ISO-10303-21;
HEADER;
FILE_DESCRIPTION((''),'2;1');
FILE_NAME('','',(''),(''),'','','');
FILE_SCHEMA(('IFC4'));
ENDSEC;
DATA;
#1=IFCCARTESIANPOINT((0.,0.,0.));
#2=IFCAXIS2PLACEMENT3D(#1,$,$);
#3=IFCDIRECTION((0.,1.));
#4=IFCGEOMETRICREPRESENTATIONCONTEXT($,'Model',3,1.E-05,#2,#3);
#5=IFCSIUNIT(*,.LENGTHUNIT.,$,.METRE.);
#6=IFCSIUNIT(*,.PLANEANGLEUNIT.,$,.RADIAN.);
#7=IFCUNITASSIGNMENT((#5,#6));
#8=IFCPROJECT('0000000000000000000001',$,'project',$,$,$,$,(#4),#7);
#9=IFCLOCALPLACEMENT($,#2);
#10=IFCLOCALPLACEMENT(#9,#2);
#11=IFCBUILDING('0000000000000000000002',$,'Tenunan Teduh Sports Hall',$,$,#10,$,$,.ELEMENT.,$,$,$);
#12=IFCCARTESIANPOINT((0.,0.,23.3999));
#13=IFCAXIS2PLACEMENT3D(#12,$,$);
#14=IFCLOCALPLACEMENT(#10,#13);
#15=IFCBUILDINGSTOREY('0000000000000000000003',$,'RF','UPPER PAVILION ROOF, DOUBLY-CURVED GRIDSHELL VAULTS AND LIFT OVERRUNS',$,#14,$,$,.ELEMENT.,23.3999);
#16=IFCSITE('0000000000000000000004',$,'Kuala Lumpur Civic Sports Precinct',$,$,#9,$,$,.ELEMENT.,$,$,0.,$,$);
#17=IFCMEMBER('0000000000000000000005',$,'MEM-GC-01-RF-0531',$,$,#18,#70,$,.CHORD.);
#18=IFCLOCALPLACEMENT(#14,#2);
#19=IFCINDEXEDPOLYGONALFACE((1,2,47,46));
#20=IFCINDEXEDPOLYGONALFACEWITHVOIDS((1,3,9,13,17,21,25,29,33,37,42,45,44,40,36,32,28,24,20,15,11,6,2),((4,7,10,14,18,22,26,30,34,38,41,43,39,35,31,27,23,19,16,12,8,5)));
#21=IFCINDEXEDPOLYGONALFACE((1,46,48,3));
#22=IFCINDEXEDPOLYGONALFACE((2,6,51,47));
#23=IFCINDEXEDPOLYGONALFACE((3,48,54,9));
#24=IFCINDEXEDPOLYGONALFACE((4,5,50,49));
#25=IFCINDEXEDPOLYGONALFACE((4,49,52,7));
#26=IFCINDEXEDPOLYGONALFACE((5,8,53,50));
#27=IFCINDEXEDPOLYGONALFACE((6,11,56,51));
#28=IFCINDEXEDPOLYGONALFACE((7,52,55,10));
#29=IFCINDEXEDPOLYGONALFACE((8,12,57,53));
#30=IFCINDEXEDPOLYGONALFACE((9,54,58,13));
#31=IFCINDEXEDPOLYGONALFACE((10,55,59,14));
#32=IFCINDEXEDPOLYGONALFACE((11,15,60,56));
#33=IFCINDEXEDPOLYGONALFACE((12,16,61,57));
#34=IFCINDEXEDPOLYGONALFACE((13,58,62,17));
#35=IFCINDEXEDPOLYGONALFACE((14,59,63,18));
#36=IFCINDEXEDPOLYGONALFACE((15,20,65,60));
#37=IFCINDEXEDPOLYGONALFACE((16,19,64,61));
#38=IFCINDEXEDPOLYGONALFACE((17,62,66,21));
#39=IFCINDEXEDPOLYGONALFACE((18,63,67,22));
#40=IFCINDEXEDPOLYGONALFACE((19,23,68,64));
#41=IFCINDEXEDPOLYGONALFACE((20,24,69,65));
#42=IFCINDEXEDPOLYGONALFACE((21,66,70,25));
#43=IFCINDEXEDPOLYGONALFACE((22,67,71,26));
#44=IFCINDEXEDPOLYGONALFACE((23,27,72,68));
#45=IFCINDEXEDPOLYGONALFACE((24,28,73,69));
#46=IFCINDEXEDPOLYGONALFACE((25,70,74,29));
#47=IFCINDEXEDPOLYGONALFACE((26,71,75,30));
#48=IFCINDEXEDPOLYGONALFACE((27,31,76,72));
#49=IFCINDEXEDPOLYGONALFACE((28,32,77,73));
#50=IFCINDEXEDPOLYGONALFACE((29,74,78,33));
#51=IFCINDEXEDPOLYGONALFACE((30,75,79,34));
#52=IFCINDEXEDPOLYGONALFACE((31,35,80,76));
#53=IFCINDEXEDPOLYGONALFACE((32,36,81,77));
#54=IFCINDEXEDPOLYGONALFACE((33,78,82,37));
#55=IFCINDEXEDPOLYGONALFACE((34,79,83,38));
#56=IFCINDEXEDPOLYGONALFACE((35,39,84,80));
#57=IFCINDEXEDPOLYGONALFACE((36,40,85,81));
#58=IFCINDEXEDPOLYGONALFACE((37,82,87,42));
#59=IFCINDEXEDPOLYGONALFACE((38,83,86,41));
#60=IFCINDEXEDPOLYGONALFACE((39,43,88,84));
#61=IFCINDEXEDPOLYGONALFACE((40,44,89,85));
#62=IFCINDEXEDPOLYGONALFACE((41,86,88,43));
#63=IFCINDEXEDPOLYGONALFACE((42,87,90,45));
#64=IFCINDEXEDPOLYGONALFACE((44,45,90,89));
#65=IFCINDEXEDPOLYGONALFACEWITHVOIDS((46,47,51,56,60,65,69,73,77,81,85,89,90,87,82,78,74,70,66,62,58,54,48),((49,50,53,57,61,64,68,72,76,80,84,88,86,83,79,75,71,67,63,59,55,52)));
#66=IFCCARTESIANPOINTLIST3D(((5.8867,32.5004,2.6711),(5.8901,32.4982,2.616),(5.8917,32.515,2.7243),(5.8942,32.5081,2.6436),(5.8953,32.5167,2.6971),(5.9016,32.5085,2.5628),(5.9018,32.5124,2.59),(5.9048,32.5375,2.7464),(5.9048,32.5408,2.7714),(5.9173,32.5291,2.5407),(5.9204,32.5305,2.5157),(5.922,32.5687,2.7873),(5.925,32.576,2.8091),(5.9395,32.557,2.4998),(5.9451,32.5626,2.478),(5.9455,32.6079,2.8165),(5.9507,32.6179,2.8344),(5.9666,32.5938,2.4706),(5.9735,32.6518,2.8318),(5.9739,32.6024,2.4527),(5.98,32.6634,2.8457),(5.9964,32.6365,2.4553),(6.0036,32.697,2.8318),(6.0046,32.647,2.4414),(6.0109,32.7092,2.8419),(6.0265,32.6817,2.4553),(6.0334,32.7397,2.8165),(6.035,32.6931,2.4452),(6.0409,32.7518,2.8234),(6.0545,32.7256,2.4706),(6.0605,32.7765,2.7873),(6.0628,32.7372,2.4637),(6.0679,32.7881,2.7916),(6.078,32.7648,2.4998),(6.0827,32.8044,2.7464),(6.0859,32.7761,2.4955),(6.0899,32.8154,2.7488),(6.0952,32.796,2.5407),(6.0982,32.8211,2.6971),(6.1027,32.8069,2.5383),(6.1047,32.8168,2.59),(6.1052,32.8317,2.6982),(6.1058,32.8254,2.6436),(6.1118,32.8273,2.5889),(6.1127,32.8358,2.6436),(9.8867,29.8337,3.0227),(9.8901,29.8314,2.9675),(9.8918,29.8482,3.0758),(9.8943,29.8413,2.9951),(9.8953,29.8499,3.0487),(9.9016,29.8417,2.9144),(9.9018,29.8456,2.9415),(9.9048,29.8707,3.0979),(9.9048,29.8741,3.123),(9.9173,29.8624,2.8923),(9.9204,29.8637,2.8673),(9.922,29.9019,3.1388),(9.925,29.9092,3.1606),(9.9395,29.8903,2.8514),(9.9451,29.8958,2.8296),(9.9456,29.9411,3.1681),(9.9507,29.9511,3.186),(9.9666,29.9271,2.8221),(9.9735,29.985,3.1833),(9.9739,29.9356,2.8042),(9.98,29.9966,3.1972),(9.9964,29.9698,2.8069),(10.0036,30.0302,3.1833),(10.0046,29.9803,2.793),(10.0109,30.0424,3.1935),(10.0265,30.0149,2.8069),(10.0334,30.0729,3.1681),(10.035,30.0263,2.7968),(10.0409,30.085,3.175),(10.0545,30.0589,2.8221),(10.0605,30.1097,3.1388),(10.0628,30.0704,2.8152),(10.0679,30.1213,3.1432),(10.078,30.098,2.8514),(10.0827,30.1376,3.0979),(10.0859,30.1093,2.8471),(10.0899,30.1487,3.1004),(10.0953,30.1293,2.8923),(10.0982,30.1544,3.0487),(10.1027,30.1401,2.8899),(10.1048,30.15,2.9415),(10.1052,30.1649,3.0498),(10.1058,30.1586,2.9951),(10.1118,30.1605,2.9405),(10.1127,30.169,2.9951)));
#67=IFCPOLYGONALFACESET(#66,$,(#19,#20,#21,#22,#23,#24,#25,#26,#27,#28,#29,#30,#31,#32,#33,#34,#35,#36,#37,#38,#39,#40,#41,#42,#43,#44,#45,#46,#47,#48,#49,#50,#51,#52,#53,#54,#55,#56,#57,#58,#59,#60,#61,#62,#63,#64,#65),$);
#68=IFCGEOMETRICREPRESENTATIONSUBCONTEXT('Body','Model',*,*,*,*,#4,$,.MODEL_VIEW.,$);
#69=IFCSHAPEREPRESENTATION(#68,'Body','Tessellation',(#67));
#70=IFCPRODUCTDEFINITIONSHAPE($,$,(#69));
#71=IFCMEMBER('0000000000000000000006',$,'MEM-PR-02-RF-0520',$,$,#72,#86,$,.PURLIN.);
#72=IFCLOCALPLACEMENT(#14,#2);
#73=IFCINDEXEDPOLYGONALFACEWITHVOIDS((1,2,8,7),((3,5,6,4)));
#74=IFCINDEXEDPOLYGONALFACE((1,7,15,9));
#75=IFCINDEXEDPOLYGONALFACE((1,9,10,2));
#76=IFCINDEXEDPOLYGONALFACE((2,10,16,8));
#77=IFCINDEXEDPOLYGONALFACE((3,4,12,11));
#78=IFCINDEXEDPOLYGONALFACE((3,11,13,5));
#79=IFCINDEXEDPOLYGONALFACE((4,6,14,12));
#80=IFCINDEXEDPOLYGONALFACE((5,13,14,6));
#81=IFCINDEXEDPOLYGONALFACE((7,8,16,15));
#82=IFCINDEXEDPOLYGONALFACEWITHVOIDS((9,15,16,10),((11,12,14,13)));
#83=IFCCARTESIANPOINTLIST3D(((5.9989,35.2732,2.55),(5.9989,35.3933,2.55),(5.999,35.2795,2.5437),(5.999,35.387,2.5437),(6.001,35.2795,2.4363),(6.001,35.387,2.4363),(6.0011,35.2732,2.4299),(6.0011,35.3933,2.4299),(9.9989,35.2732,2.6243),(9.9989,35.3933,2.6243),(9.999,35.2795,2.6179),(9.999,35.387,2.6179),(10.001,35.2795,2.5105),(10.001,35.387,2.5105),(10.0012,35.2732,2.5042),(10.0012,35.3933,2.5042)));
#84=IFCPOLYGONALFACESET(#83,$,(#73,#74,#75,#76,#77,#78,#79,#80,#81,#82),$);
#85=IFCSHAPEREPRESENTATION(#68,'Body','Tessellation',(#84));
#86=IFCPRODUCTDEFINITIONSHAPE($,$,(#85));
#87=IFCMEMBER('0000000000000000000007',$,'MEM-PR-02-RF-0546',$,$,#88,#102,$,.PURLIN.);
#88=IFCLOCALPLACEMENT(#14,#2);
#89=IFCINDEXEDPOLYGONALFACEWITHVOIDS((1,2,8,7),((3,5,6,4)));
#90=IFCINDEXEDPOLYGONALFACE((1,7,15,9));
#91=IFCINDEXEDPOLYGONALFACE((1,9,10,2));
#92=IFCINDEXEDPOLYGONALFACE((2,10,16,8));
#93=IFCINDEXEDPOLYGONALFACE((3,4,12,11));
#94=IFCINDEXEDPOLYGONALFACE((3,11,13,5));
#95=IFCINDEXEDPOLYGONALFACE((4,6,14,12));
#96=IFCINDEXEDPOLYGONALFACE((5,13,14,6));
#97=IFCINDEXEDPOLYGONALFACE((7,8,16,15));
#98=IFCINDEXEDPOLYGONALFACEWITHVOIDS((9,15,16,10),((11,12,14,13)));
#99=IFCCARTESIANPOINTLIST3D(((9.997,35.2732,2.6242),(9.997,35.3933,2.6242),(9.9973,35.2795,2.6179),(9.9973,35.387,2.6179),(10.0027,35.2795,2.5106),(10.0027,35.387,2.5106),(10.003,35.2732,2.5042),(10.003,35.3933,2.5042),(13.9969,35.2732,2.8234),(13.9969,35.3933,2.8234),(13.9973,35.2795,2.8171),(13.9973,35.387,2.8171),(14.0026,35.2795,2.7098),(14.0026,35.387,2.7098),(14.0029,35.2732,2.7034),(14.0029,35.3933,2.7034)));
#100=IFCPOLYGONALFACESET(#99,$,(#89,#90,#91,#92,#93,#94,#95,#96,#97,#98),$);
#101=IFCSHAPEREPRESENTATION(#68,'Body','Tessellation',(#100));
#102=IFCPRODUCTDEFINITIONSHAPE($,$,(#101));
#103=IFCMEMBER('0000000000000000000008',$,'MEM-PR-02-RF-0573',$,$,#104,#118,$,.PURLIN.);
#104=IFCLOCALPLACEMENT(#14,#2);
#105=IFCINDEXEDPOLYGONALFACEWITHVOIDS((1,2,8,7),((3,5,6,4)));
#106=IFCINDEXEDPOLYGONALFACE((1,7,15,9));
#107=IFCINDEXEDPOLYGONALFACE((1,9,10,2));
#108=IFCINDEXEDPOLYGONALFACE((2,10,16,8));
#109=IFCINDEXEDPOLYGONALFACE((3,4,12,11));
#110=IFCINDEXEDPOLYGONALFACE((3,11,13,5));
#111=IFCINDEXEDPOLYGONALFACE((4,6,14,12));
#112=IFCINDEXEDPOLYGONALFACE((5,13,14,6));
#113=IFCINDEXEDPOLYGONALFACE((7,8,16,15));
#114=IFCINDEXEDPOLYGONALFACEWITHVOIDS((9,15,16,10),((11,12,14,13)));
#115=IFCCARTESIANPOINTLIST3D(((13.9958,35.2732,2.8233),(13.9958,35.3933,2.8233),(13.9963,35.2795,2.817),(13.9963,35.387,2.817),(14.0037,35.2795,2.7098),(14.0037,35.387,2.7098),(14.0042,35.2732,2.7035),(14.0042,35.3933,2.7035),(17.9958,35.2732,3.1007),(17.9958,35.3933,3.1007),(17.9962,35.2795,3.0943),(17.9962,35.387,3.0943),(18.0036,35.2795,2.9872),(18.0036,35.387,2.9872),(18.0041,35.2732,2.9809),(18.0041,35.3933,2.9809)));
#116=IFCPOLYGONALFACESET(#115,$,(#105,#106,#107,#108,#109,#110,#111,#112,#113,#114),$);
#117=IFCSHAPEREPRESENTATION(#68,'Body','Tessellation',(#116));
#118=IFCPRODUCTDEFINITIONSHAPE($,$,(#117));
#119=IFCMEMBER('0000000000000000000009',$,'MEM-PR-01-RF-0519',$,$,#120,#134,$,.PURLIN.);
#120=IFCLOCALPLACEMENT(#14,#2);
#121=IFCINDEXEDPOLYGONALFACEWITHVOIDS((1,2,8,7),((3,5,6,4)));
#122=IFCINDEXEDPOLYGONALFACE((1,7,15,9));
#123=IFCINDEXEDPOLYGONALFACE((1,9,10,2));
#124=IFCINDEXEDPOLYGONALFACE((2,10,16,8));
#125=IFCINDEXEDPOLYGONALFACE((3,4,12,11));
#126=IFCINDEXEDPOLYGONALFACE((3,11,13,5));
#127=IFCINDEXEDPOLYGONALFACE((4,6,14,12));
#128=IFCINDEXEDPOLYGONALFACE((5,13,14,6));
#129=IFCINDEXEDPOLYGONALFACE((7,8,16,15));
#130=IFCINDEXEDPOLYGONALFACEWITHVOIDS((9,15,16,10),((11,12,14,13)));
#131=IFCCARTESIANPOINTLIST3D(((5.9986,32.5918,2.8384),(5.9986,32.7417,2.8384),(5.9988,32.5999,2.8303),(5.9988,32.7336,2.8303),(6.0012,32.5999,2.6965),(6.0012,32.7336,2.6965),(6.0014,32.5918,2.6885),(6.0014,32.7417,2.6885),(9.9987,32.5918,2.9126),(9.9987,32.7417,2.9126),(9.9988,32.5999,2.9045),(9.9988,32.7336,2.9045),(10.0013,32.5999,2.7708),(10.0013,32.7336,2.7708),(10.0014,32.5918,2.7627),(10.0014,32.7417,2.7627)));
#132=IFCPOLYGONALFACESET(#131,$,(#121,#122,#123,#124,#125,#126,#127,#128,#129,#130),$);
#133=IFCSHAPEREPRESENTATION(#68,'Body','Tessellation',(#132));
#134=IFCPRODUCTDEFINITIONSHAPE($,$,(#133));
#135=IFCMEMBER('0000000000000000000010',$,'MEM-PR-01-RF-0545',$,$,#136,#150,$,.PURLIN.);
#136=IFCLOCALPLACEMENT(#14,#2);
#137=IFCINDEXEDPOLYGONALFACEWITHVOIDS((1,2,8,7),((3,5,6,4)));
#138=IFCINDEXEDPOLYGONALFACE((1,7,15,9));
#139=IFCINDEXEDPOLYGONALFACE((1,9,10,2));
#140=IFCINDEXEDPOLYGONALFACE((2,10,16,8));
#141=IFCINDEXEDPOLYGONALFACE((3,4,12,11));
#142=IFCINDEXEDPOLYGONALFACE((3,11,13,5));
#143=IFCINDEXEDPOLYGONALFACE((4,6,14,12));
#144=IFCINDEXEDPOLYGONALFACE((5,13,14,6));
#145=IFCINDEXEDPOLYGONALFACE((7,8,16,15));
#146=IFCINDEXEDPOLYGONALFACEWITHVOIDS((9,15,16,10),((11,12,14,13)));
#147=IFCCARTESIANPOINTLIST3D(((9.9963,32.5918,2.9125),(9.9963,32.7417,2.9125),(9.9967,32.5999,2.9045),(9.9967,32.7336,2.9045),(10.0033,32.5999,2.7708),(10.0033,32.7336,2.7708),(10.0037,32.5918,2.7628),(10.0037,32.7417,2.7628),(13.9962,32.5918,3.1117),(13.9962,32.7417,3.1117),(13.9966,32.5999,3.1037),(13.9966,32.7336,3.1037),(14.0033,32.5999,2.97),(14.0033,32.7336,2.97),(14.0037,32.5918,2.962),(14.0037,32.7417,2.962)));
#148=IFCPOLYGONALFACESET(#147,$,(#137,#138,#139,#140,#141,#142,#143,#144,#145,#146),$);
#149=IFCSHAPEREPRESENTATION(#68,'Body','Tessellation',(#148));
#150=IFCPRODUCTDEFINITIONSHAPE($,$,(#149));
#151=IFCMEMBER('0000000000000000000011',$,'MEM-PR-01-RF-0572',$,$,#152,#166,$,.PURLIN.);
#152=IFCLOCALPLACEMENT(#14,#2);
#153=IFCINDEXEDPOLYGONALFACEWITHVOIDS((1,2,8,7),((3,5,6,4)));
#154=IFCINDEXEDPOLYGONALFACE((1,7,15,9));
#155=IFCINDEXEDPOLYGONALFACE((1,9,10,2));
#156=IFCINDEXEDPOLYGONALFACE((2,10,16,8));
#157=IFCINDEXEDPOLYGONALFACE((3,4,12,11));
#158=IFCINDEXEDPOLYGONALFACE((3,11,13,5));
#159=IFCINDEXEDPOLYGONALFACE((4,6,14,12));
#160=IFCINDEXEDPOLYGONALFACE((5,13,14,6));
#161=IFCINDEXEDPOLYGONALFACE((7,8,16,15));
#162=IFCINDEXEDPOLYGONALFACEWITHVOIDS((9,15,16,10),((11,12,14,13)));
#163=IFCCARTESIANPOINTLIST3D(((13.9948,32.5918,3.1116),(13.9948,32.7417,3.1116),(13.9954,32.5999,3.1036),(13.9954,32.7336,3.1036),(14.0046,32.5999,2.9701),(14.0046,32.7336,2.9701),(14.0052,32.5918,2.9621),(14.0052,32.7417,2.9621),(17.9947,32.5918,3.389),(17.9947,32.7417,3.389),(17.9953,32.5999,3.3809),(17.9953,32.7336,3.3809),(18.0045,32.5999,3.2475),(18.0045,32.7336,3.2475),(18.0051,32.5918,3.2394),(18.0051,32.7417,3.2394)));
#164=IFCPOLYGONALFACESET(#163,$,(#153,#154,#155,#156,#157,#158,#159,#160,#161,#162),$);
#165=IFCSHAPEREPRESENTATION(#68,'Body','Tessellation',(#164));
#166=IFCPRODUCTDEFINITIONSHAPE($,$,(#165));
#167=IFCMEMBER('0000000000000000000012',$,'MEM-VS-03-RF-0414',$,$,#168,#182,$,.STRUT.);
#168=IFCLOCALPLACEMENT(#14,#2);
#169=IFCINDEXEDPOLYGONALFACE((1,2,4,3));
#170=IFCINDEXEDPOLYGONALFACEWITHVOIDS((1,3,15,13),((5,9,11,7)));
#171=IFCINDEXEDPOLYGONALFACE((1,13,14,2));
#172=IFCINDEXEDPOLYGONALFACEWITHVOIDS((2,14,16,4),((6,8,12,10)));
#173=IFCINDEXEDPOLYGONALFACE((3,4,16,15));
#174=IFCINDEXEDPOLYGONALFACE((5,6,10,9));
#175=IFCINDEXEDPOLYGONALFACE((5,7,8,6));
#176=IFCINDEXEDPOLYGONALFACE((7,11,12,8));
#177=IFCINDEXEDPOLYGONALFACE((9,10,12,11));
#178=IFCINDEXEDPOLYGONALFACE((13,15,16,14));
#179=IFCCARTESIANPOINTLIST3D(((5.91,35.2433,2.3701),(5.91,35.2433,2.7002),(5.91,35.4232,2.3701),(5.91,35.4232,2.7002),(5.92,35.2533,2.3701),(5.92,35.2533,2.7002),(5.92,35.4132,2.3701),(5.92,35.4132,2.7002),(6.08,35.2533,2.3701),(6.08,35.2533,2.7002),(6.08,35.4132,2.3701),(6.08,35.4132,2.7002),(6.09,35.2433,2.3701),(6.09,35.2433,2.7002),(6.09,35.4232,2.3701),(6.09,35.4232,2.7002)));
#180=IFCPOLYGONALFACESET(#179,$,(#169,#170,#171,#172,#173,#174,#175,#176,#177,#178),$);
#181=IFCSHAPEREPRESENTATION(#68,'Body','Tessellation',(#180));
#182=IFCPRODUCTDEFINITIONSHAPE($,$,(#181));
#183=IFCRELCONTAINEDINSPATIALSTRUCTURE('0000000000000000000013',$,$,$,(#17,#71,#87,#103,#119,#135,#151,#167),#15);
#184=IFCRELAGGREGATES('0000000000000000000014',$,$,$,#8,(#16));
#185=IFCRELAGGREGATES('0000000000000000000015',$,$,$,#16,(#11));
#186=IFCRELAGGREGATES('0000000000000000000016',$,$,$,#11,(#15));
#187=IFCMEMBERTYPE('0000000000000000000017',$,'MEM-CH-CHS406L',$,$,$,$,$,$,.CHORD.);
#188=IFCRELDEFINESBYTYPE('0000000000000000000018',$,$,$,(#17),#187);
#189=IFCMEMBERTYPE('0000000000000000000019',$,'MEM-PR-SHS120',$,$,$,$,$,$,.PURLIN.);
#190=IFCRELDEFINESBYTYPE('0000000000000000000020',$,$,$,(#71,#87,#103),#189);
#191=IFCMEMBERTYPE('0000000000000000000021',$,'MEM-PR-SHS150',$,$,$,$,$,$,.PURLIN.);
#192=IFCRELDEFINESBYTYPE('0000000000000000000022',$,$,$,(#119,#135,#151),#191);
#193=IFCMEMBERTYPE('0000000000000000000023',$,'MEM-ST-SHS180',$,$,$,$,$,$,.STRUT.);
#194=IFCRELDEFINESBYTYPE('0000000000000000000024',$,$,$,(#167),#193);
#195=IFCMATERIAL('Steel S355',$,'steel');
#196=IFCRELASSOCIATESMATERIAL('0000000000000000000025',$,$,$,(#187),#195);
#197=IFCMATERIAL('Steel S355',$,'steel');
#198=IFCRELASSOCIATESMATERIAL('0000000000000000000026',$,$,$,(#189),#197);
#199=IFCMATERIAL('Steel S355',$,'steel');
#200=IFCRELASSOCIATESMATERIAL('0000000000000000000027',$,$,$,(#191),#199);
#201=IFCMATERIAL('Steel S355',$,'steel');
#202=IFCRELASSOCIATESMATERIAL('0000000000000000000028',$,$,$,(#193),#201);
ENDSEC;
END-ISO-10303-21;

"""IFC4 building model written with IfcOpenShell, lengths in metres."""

from ifc_helpers import new_model, si_unit, direction, frame, origin, origin_2d, place, context, subcontext, project, spatial, hollow_rectangle, hollow_circle, extrude, material, material_profile, profile_set, type_object, element, save


model = new_model("IFC4")

# Units and contexts
model_context = context("Model", 3, precision=1e-05, world=origin(), true_north=direction((0.0, 1.0)))
body_context = subcontext(model_context, "Body", "Model", "MODEL_VIEW")
ifc_project = project(units=[si_unit("LENGTHUNIT", "METRE"), si_unit("PLANEANGLEUNIT", "RADIAN")], contexts=[model_context])

# Site, building, storey
site_placement = place(None, origin())
site = spatial("IfcSite", under=ifc_project, at=site_placement, Name="Kuala Lumpur Civic Sports Precinct", CompositionType="ELEMENT", RefElevation=0.0)
building_placement = place(site_placement, origin())
building = spatial("IfcBuilding", under=site, at=building_placement, Name="Tenunan Teduh Sports Hall", CompositionType="ELEMENT")
storey_placement = place(building_placement, frame((0.0, 0.0, 23.3999)))
storey = spatial("IfcBuildingStorey", under=building, at=storey_placement, Name="RF", Description="UPPER PAVILION ROOF, DOUBLY-CURVED GRIDSHELL VAULTS AND LIFT OVERRUNS", CompositionType="ELEMENT", Elevation=23.3999)

# Members
ifc_material_1 = material(Name="Steel S355", Category="steel")
ifc_material_profile_1 = material_profile(ifc_material_1, hollow_circle(Radius=0.2031, WallThickness=0.0125, at=origin_2d()), Name="CHS 406.4x12.5")
ifc_profile_set_1 = profile_set([ifc_material_profile_1], Name="Steel S355")
member_type_1 = type_object("IfcMemberType", Name="MEM-CH-CHS406L", PredefinedType="CHORD", material=ifc_profile_set_1)
member_1_placement = place(storey_placement, frame((6.0, 32.6667, 2.6436), z_axis=(0.829827, -0.553235, 0.072934), x_axis=(0.554712, 0.832042, 0.0)))
element("IfcMember", 1, at=member_1_placement, inside=storey, type_object=member_type_1, Name="MEM-GC-01-RF-0531", PredefinedType="CHORD", context=body_context, shape_type="SweptSolid", body=[
    extrude(hollow_circle(Radius=0.2031, WallThickness=0.0125, at=origin_2d()), origin(), (0.0, 0.0, 1.0), 4.8203),
])
ifc_material_2 = material(Name="Steel S355", Category="steel")
ifc_material_profile_2 = material_profile(ifc_material_2, hollow_rectangle(XDim=0.1201, YDim=0.1201, WallThickness=0.0063, at=origin_2d()), Name="SHS 120x120x6.3")
ifc_profile_set_2 = profile_set([ifc_material_profile_2], Name="Steel S355")
member_type_2 = type_object("IfcMemberType", Name="MEM-PR-SHS120", PredefinedType="PURLIN", material=ifc_profile_set_2)
member_2_placement = place(storey_placement, frame((6.0, 35.3333, 2.49), z_axis=(0.999828, 0.0, 0.018551), x_axis=(0.0, 1.0, 0.0)))
element("IfcMember", 2, at=member_2_placement, inside=storey, type_object=member_type_2, Name="MEM-PR-02-RF-0520", PredefinedType="PURLIN", context=body_context, shape_type="SweptSolid", body=[
    extrude(hollow_rectangle(XDim=0.1201, YDim=0.1201, WallThickness=0.0063, at=origin_2d()), origin(), (0.0, 0.0, 1.0), 4.0007),
])
member_3_placement = place(storey_placement, frame((10.0, 35.3333, 2.5642), z_axis=(0.998762, 0.0, 0.049743), x_axis=(0.0, 1.0, 0.0)))
element("IfcMember", 3, at=member_3_placement, inside=storey, type_object=member_type_2, Name="MEM-PR-02-RF-0546", PredefinedType="PURLIN", context=body_context, shape_type="SweptSolid", body=[
    extrude(hollow_rectangle(XDim=0.1201, YDim=0.1201, WallThickness=0.0063, at=origin_2d()), origin(), (0.0, 0.0, 1.0), 4.0049),
])
member_4_placement = place(storey_placement, frame((14.0, 35.3333, 2.7634), z_axis=(0.997605, 0.0, 0.06917), x_axis=(0.0, 1.0, 0.0)))
element("IfcMember", 4, at=member_4_placement, inside=storey, type_object=member_type_2, Name="MEM-PR-02-RF-0573", PredefinedType="PURLIN", context=body_context, shape_type="SweptSolid", body=[
    extrude(hollow_rectangle(XDim=0.1201, YDim=0.1201, WallThickness=0.0063, at=origin_2d()), origin(), (0.0, 0.0, 1.0), 4.0095),
])
ifc_material_3 = material(Name="Steel S355", Category="steel")
ifc_material_profile_3 = material_profile(ifc_material_3, hollow_rectangle(XDim=0.1499, YDim=0.1499, WallThickness=0.0081, at=origin_2d()), Name="SHS 150x150x8.0")
ifc_profile_set_3 = profile_set([ifc_material_profile_3], Name="Steel S355")
member_type_3 = type_object("IfcMemberType", Name="MEM-PR-SHS150", PredefinedType="PURLIN", material=ifc_profile_set_3)
member_5_placement = place(storey_placement, frame((6.0, 32.6667, 2.7634), z_axis=(0.999828, 0.0, 0.018551), x_axis=(0.0, 1.0, 0.0)))
element("IfcMember", 5, at=member_5_placement, inside=storey, type_object=member_type_3, Name="MEM-PR-01-RF-0519", PredefinedType="PURLIN", context=body_context, shape_type="SweptSolid", body=[
    extrude(hollow_rectangle(XDim=0.1499, YDim=0.1499, WallThickness=0.0081, at=origin_2d()), origin(), (0.0, 0.0, 1.0), 4.0007),
])
member_6_placement = place(storey_placement, frame((10.0, 32.6667, 2.8376), z_axis=(0.998762, 0.0, 0.049743), x_axis=(0.0, 1.0, 0.0)))
element("IfcMember", 6, at=member_6_placement, inside=storey, type_object=member_type_3, Name="MEM-PR-01-RF-0545", PredefinedType="PURLIN", context=body_context, shape_type="SweptSolid", body=[
    extrude(hollow_rectangle(XDim=0.1499, YDim=0.1499, WallThickness=0.0081, at=origin_2d()), origin(), (0.0, 0.0, 1.0), 4.0049),
])
member_7_placement = place(storey_placement, frame((14.0, 32.6667, 3.0369), z_axis=(0.997605, 0.0, 0.06917), x_axis=(0.0, 1.0, 0.0)))
element("IfcMember", 7, at=member_7_placement, inside=storey, type_object=member_type_3, Name="MEM-PR-01-RF-0572", PredefinedType="PURLIN", context=body_context, shape_type="SweptSolid", body=[
    extrude(hollow_rectangle(XDim=0.1499, YDim=0.1499, WallThickness=0.0081, at=origin_2d()), origin(), (0.0, 0.0, 1.0), 4.0095),
])
ifc_material_4 = material(Name="Steel S355", Category="steel")
ifc_material_profile_4 = material_profile(ifc_material_4, hollow_rectangle(XDim=0.1799, YDim=0.1799, WallThickness=0.01, at=origin_2d()), Name="SHS 180x180x10.0")
ifc_profile_set_4 = profile_set([ifc_material_profile_4], Name="Steel S355")
member_type_4 = type_object("IfcMemberType", Name="MEM-ST-SHS180", PredefinedType="STRUT", material=ifc_profile_set_4)
for number, where, z_axis, x_axis, name in (
    (8, (6.0, 35.3333, 2.3701), (0.0, 0.0, 1.0), (1.0, 0.0, 0.0), "MEM-VS-03-RF-0414"),
):
    element("IfcMember", number, at=place(storey_placement, frame(where, z_axis=z_axis, x_axis=x_axis)), inside=storey, type_object=member_type_4, Name=name, PredefinedType="STRUT", context=body_context, shape_type="SweptSolid", body=[
        extrude(hollow_rectangle(XDim=0.1799, YDim=0.1799, WallThickness=0.01, at=origin_2d()), origin(), (0.0, 0.0, 1.0), 0.3301),
    ])

save(model, "model.ifc")
